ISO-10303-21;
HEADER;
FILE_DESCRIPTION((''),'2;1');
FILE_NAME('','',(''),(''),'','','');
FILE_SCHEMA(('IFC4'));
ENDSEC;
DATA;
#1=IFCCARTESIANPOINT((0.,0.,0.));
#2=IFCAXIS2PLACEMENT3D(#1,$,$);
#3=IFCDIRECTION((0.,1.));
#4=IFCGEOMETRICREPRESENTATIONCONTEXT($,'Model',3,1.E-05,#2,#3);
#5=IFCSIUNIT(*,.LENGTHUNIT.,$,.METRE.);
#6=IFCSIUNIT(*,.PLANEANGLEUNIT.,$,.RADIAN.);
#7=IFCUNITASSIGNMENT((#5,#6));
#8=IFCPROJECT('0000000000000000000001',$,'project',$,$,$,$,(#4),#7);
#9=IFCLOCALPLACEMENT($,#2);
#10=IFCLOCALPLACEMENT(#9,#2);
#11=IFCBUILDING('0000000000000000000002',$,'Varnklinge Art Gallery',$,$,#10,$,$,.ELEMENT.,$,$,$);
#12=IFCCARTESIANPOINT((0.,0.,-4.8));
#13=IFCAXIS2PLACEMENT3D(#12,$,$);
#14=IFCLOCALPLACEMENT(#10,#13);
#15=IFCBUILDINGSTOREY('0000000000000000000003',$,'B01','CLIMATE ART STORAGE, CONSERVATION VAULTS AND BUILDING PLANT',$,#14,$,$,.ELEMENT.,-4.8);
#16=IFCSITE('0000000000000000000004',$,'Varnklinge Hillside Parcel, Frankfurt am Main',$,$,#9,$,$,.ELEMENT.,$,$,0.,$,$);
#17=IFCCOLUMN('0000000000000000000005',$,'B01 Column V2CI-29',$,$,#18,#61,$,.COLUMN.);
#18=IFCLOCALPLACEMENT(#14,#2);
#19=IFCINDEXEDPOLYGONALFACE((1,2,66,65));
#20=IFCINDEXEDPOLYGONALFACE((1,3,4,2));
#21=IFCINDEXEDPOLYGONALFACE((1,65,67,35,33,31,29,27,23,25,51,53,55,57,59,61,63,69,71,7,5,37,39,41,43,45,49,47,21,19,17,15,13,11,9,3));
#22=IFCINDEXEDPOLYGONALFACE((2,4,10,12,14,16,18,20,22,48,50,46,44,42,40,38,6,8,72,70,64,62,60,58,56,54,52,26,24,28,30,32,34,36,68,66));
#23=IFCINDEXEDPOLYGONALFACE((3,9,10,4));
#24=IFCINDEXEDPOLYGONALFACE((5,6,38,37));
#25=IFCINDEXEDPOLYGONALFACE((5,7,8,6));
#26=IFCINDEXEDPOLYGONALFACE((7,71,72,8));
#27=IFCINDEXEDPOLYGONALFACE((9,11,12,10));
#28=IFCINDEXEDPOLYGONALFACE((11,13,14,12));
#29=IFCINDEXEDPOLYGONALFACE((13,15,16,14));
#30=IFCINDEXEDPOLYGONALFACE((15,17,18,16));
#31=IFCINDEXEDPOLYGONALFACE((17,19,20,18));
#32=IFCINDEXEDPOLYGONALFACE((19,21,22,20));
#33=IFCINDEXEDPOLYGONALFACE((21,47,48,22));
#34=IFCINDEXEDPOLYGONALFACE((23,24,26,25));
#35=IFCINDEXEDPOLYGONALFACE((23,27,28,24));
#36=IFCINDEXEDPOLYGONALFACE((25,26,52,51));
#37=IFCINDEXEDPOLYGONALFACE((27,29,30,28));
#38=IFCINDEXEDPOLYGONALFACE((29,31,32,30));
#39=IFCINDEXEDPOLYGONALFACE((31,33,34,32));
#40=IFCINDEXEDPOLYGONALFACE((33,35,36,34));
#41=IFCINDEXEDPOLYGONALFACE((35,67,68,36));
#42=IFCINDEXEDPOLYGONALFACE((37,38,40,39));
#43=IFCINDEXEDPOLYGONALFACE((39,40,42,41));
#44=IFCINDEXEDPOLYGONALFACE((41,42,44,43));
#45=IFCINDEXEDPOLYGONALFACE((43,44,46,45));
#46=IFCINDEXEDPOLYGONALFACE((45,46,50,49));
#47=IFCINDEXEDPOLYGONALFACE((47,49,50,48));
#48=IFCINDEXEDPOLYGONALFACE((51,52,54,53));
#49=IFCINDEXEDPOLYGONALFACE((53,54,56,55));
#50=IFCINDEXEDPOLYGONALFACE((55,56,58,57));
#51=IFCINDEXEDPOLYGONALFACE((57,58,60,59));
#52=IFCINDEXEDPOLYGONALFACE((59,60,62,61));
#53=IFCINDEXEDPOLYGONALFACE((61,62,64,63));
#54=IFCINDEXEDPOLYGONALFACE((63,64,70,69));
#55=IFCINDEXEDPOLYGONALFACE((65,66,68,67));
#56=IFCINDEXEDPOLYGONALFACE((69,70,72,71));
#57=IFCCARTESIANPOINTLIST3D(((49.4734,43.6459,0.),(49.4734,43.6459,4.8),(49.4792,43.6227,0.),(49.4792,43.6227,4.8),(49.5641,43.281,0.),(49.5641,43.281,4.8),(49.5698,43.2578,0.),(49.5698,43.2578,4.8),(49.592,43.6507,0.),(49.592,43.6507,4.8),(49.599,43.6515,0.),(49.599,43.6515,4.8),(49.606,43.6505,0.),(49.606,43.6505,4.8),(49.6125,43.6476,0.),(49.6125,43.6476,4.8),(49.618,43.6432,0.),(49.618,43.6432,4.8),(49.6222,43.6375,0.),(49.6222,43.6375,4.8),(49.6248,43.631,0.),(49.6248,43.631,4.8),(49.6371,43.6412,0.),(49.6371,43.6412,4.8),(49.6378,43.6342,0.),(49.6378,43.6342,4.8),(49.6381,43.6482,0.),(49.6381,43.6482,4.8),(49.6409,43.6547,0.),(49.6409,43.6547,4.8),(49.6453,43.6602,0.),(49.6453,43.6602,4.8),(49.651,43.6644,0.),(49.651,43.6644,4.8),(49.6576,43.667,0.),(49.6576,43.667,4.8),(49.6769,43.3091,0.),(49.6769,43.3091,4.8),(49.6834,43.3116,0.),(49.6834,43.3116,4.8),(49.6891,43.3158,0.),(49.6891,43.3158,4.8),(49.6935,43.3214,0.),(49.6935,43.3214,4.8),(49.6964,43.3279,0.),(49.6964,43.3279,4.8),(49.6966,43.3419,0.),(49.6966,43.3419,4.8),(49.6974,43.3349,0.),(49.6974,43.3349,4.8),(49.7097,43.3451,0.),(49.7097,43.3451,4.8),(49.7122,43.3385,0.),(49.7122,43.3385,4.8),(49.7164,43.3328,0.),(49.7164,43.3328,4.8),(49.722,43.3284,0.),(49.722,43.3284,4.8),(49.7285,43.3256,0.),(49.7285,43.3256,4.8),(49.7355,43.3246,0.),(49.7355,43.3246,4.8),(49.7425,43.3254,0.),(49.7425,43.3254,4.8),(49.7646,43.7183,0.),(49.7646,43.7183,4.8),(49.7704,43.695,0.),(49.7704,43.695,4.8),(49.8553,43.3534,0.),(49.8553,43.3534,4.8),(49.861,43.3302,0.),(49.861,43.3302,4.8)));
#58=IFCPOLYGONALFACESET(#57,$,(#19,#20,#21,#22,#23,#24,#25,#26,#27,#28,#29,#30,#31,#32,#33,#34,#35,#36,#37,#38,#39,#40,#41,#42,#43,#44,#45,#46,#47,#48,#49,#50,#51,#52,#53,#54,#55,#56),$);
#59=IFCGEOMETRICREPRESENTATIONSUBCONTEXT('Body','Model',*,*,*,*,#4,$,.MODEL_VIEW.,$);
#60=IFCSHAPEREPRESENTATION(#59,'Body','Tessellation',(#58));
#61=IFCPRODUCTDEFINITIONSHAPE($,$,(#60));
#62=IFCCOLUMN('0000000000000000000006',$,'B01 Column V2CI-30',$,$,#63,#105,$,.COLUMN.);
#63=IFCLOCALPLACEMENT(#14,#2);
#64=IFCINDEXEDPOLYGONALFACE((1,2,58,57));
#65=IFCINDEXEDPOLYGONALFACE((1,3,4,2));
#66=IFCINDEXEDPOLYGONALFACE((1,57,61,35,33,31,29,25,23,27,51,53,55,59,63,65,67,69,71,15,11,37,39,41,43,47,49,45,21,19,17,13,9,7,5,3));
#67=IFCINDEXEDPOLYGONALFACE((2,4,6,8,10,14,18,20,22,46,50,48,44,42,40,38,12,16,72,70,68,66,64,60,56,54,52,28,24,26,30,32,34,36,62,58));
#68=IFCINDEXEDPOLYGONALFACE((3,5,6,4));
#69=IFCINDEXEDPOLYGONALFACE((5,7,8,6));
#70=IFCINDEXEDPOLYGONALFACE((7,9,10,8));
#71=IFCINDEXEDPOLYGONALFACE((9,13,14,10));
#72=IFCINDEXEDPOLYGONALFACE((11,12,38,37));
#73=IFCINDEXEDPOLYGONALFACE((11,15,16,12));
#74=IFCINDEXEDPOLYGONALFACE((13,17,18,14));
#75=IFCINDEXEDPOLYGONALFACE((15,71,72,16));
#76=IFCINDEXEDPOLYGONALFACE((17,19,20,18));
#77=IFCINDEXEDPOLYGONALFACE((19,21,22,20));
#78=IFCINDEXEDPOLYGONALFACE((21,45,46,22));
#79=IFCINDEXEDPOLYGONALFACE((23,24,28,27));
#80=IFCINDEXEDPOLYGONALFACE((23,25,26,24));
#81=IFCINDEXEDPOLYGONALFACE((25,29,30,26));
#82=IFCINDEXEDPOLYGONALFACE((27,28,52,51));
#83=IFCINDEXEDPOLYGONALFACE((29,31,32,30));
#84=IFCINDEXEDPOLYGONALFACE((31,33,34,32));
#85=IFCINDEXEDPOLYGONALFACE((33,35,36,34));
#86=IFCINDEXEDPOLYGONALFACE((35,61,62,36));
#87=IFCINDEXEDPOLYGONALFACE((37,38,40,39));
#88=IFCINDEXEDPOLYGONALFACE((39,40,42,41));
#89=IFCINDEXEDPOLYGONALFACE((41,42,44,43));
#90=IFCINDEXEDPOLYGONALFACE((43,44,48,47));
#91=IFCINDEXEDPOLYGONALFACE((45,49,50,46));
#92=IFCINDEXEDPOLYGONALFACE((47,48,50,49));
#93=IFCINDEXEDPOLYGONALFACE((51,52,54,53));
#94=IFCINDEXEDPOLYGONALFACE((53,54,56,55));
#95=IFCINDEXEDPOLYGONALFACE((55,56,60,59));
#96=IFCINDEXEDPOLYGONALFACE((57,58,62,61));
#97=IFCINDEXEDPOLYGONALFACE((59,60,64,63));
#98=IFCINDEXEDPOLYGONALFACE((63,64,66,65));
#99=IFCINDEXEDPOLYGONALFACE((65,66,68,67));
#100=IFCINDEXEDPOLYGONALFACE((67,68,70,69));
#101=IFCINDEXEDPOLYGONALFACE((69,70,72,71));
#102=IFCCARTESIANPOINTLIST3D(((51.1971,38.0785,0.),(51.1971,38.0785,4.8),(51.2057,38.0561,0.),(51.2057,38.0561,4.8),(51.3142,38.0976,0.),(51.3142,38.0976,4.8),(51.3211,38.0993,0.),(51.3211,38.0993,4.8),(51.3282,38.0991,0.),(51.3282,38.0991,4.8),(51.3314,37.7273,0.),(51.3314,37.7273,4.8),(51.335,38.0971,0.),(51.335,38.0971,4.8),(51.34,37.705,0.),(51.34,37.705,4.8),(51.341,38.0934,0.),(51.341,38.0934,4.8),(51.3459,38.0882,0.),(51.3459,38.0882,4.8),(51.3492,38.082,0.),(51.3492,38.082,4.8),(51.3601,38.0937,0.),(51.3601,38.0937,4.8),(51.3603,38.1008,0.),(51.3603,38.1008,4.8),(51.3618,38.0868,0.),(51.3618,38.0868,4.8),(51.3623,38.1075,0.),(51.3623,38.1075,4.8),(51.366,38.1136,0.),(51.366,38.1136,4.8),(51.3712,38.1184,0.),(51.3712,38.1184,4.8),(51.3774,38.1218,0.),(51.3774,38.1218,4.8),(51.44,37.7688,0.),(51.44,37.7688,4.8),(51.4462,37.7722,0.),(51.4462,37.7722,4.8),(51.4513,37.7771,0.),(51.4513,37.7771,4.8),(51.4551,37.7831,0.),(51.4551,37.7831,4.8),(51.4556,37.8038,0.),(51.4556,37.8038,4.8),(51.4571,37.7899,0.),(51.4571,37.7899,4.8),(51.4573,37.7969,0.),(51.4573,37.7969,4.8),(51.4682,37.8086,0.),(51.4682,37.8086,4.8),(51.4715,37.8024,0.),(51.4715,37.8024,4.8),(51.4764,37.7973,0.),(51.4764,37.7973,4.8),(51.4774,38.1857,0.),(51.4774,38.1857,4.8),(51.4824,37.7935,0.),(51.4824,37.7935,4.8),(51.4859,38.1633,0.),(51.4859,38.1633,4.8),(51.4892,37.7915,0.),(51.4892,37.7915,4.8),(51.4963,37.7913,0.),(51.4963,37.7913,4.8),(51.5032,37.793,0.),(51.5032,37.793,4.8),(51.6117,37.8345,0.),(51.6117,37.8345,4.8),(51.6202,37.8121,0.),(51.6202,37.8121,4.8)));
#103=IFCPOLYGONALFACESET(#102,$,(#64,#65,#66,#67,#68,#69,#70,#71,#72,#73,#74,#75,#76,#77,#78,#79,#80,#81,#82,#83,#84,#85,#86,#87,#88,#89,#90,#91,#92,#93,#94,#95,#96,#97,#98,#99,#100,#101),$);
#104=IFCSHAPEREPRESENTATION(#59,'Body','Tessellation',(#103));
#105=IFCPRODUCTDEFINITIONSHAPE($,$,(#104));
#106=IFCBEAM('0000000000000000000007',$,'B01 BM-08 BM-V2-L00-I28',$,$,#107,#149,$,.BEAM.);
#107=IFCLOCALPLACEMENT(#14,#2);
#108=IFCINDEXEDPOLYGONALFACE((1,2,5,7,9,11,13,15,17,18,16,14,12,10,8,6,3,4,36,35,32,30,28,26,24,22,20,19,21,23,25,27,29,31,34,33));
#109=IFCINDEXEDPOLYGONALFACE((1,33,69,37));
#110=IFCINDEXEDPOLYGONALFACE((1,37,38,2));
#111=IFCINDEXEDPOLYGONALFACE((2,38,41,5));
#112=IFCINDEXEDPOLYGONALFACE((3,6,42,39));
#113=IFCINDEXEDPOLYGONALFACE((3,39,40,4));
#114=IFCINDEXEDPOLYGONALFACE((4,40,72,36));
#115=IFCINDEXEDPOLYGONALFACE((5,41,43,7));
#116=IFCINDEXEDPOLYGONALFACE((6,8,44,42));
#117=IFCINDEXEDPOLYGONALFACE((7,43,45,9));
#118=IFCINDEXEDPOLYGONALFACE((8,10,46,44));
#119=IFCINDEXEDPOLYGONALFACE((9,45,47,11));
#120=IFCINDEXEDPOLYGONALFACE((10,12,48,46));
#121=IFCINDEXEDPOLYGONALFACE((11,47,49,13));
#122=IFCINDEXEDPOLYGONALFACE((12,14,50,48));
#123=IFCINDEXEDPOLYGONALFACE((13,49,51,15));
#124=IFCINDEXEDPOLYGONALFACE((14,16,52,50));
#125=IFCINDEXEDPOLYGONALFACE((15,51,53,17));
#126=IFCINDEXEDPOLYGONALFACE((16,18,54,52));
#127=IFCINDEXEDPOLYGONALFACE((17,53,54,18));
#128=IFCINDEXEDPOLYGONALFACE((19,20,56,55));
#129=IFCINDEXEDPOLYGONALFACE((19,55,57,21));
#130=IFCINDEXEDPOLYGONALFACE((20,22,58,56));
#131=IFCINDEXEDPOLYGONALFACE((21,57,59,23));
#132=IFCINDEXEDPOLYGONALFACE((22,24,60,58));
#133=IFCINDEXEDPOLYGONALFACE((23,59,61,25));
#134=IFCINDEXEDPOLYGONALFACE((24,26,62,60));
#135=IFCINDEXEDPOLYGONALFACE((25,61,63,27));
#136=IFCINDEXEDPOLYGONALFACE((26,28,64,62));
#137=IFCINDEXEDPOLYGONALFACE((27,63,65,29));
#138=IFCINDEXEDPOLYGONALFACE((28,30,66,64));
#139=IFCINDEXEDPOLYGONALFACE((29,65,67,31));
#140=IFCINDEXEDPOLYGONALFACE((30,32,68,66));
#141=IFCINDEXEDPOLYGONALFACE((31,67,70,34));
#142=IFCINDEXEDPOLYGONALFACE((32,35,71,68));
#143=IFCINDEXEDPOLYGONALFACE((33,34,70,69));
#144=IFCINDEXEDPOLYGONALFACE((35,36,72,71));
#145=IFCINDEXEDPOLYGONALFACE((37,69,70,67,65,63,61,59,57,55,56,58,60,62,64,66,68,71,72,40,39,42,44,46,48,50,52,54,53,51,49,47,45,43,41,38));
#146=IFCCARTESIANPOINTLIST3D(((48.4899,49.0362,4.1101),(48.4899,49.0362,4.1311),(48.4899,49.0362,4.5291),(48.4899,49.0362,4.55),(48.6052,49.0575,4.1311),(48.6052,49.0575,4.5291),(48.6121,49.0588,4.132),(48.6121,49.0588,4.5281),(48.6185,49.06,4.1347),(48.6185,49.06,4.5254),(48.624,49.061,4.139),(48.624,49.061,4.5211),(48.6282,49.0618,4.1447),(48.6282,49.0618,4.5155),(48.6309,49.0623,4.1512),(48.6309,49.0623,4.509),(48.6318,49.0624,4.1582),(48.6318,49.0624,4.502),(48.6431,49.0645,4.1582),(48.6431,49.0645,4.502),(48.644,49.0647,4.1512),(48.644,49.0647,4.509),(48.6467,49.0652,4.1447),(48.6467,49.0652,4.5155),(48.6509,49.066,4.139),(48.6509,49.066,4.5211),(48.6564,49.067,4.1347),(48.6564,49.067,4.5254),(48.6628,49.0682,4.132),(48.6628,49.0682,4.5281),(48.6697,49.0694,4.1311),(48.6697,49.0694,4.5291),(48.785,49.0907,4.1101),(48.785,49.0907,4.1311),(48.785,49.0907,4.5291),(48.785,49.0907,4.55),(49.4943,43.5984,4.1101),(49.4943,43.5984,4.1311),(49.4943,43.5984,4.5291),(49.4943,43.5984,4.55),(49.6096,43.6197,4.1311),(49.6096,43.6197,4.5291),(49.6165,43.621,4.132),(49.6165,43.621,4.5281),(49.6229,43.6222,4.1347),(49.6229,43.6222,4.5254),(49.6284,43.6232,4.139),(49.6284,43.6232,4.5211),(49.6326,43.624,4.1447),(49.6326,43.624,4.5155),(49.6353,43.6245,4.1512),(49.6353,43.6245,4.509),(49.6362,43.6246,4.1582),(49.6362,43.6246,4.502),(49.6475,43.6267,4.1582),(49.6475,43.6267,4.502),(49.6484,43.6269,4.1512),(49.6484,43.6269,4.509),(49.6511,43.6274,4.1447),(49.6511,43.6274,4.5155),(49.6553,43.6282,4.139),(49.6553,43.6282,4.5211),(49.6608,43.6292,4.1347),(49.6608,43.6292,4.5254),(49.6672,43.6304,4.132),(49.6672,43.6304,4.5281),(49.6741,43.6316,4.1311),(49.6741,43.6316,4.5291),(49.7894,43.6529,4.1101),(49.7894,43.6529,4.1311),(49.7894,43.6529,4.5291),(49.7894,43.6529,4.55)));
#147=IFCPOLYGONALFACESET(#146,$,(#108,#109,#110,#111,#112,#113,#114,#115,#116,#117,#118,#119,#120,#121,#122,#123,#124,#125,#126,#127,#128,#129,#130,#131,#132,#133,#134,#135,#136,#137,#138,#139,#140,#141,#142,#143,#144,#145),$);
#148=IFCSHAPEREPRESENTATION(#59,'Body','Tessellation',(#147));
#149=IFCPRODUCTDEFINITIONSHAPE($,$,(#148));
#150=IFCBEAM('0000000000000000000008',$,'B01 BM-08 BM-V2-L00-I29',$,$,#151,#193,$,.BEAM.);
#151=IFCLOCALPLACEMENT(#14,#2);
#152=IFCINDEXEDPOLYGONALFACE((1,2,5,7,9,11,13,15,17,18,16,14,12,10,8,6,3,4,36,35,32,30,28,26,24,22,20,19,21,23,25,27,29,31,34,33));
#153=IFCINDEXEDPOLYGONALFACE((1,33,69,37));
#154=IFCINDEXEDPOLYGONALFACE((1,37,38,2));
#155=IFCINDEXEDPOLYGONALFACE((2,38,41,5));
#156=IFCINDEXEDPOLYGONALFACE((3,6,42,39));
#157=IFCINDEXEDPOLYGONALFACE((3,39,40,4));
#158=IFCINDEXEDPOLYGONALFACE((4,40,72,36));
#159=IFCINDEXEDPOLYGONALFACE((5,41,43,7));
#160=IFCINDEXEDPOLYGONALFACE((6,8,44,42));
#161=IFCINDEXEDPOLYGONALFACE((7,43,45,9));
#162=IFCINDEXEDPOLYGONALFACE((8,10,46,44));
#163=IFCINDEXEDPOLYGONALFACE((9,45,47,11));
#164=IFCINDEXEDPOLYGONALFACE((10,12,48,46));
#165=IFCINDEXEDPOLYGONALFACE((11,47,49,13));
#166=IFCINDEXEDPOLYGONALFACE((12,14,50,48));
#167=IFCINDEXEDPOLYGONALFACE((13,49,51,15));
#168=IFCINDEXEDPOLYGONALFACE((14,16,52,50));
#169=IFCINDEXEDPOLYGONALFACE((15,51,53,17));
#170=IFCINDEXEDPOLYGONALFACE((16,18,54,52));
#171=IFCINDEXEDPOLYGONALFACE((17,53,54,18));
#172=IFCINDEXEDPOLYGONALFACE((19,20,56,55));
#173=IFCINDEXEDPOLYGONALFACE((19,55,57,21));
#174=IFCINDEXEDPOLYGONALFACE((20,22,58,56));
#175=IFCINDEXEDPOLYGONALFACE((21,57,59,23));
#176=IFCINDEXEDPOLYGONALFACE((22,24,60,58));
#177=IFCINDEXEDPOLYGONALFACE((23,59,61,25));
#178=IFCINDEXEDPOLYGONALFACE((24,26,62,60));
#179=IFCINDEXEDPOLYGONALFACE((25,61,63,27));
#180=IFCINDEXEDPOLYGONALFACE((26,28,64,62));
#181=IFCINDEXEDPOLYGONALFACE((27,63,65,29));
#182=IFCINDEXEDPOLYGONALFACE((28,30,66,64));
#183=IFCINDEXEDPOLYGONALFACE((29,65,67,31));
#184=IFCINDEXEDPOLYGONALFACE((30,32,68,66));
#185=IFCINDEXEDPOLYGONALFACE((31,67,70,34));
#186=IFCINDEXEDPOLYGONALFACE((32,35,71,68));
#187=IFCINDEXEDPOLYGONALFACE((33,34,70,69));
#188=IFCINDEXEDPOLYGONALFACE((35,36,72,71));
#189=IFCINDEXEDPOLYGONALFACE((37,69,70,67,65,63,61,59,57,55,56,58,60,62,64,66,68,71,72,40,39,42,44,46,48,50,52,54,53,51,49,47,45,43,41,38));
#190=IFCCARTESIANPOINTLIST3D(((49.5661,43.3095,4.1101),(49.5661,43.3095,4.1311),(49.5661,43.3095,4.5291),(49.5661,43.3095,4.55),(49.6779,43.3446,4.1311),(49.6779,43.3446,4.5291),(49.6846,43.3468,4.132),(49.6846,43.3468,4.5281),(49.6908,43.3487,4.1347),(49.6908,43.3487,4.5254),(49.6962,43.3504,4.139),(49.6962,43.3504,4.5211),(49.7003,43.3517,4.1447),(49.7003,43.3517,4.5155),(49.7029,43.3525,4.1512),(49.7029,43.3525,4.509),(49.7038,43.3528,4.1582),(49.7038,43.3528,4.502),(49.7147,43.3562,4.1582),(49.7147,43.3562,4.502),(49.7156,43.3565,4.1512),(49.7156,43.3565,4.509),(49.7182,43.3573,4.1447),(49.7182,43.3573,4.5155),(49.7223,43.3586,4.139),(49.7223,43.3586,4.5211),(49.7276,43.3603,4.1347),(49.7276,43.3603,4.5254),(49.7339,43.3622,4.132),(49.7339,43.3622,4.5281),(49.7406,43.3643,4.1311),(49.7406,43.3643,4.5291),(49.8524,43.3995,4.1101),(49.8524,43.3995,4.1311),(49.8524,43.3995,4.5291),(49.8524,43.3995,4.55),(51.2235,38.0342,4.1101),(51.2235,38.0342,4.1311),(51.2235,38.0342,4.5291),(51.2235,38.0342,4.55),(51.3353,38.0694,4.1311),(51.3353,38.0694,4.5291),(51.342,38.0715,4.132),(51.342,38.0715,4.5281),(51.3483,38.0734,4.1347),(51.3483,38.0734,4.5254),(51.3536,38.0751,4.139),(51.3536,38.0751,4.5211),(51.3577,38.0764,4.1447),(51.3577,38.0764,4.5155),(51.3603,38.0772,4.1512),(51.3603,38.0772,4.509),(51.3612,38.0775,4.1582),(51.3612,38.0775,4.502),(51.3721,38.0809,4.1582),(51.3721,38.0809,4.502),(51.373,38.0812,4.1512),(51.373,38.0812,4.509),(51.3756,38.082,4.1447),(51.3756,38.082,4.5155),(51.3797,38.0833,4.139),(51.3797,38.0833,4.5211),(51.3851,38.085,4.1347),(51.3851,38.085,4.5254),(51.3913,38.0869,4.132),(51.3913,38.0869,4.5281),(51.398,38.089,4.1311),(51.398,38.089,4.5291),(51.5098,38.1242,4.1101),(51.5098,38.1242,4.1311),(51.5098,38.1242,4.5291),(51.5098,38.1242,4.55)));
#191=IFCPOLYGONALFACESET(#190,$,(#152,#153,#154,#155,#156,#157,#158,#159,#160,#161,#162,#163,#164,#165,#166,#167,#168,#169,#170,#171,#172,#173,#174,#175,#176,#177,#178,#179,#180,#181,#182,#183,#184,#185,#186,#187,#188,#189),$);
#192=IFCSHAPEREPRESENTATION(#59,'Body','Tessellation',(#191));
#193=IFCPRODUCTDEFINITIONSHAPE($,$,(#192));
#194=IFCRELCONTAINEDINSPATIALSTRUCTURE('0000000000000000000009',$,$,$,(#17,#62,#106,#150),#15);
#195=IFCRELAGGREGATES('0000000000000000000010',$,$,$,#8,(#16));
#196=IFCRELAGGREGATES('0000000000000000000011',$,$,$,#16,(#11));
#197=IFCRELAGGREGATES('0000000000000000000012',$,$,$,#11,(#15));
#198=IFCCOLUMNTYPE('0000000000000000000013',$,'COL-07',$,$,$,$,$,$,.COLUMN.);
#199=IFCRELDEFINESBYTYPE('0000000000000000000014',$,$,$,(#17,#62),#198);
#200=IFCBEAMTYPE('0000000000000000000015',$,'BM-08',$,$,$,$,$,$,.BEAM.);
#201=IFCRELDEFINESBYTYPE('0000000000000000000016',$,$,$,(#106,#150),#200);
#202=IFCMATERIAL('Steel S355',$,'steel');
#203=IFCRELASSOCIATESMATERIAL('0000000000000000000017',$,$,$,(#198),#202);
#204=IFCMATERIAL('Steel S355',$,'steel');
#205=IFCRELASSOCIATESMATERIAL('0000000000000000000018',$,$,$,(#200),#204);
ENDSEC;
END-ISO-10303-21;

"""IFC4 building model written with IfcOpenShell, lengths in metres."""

from ifc_helpers import new_model, si_unit, direction, frame, origin, origin_2d, place, context, subcontext, project, spatial, i_section, extrude, material, material_profile, profile_set, type_object, element, save


model = new_model("IFC4")

# Units and contexts
model_context = context("Model", 3, precision=1e-05, world=origin(), true_north=direction((0.0, 1.0)))
body_context = subcontext(model_context, "Body", "Model", "MODEL_VIEW")
ifc_project = project(units=[si_unit("LENGTHUNIT", "METRE"), si_unit("PLANEANGLEUNIT", "RADIAN")], contexts=[model_context])

# Site, building, storey
site_placement = place(None, origin())
site = spatial("IfcSite", under=ifc_project, at=site_placement, Name="Varnklinge Hillside Parcel, Frankfurt am Main", CompositionType="ELEMENT", RefElevation=0.0)
building_placement = place(site_placement, origin())
building = spatial("IfcBuilding", under=site, at=building_placement, Name="Varnklinge Art Gallery", CompositionType="ELEMENT")
storey_placement = place(building_placement, frame((0.0, 0.0, -4.8)))
storey = spatial("IfcBuildingStorey", under=building, at=storey_placement, Name="B01", Description="CLIMATE ART STORAGE, CONSERVATION VAULTS AND BUILDING PLANT", CompositionType="ELEMENT", Elevation=-4.8)

# Columns
ifc_material_1 = material(Name="Steel S355", Category="steel")
ifc_material_profile_1 = material_profile(ifc_material_1, i_section(OverallWidth=0.3, OverallDepth=0.3999, WebThickness=0.0134, FlangeThickness=0.0239, FilletRadius=0.0271, at=origin_2d()), Name="HEB 400")
ifc_profile_set_1 = profile_set([ifc_material_profile_1], Name="Steel S355")
column_type_1 = type_object("IfcColumnType", Name="COL-07", PredefinedType="COLUMN", material=ifc_profile_set_1)
for number, where, z_axis, x_axis, name in (
    (1, (49.6672, 43.488, 0.0), (0.0, 0.0, 1.0), (0.970506, 0.241075, 0.0), "B01 Column V2CI-29"),
    (2, (51.4087, 37.9453, 0.0), (0.0, 0.0, 1.0), (0.934018, 0.357227, 0.0), "B01 Column V2CI-30"),
):
    element("IfcColumn", number, at=place(storey_placement, frame(where, z_axis=z_axis, x_axis=x_axis)), inside=storey, type_object=column_type_1, Name=name, PredefinedType="COLUMN", context=body_context, shape_type="SweptSolid", body=[
        extrude(i_section(OverallWidth=0.3, OverallDepth=0.3999, WebThickness=0.0134, FlangeThickness=0.0239, FilletRadius=0.0271, at=origin_2d()), origin(), (0.0, 0.0, 1.0), 4.8),
    ])

# Beams
ifc_material_2 = material(Name="Steel S355", Category="steel")
ifc_material_profile_2 = material_profile(ifc_material_2, i_section(OverallWidth=0.3, OverallDepth=0.4399, WebThickness=0.0115, FlangeThickness=0.021, FilletRadius=0.0271, at=origin_2d()), Name="HEA 450")
ifc_profile_set_2 = profile_set([ifc_material_profile_2], Name="Steel S355")
beam_type_1 = type_object("IfcBeamType", Name="BM-08", PredefinedType="BEAM", material=ifc_profile_set_2)
beam_1_placement = place(storey_placement, frame((48.6375, 49.0635, 4.3301), z_axis=(0.181635, -0.983366, 0.0), x_axis=(0.983366, 0.181635, 0.0)))
element("IfcBeam", 3, at=beam_1_placement, inside=storey, type_object=beam_type_1, Name="B01 BM-08 BM-V2-L00-I28", PredefinedType="BEAM", context=body_context, shape_type="SweptSolid", body=[
    extrude(i_section(OverallWidth=0.3, OverallDepth=0.4399, WebThickness=0.0115, FlangeThickness=0.021, FilletRadius=0.0271, at=origin_2d()), origin(), (0.0, 0.0, 1.0), 5.5298),
])
for number, where, z_axis, x_axis, name in (
    (4, (49.7092, 43.3545, 4.3301), (0.299743, -0.95402, 0.0), (0.95402, 0.299743, 0.0), "B01 BM-08 BM-V2-L00-I29"),
):
    element("IfcBeam", number, at=place(storey_placement, frame(where, z_axis=z_axis, x_axis=x_axis)), inside=storey, type_object=beam_type_1, Name=name, PredefinedType="BEAM", context=body_context, shape_type="SweptSolid", body=[
        extrude(i_section(OverallWidth=0.3, OverallDepth=0.4399, WebThickness=0.0115, FlangeThickness=0.021, FilletRadius=0.0271, at=origin_2d()), origin(), (0.0, 0.0, 1.0), 5.5295),
    ])

save(model, "model.ifc")
